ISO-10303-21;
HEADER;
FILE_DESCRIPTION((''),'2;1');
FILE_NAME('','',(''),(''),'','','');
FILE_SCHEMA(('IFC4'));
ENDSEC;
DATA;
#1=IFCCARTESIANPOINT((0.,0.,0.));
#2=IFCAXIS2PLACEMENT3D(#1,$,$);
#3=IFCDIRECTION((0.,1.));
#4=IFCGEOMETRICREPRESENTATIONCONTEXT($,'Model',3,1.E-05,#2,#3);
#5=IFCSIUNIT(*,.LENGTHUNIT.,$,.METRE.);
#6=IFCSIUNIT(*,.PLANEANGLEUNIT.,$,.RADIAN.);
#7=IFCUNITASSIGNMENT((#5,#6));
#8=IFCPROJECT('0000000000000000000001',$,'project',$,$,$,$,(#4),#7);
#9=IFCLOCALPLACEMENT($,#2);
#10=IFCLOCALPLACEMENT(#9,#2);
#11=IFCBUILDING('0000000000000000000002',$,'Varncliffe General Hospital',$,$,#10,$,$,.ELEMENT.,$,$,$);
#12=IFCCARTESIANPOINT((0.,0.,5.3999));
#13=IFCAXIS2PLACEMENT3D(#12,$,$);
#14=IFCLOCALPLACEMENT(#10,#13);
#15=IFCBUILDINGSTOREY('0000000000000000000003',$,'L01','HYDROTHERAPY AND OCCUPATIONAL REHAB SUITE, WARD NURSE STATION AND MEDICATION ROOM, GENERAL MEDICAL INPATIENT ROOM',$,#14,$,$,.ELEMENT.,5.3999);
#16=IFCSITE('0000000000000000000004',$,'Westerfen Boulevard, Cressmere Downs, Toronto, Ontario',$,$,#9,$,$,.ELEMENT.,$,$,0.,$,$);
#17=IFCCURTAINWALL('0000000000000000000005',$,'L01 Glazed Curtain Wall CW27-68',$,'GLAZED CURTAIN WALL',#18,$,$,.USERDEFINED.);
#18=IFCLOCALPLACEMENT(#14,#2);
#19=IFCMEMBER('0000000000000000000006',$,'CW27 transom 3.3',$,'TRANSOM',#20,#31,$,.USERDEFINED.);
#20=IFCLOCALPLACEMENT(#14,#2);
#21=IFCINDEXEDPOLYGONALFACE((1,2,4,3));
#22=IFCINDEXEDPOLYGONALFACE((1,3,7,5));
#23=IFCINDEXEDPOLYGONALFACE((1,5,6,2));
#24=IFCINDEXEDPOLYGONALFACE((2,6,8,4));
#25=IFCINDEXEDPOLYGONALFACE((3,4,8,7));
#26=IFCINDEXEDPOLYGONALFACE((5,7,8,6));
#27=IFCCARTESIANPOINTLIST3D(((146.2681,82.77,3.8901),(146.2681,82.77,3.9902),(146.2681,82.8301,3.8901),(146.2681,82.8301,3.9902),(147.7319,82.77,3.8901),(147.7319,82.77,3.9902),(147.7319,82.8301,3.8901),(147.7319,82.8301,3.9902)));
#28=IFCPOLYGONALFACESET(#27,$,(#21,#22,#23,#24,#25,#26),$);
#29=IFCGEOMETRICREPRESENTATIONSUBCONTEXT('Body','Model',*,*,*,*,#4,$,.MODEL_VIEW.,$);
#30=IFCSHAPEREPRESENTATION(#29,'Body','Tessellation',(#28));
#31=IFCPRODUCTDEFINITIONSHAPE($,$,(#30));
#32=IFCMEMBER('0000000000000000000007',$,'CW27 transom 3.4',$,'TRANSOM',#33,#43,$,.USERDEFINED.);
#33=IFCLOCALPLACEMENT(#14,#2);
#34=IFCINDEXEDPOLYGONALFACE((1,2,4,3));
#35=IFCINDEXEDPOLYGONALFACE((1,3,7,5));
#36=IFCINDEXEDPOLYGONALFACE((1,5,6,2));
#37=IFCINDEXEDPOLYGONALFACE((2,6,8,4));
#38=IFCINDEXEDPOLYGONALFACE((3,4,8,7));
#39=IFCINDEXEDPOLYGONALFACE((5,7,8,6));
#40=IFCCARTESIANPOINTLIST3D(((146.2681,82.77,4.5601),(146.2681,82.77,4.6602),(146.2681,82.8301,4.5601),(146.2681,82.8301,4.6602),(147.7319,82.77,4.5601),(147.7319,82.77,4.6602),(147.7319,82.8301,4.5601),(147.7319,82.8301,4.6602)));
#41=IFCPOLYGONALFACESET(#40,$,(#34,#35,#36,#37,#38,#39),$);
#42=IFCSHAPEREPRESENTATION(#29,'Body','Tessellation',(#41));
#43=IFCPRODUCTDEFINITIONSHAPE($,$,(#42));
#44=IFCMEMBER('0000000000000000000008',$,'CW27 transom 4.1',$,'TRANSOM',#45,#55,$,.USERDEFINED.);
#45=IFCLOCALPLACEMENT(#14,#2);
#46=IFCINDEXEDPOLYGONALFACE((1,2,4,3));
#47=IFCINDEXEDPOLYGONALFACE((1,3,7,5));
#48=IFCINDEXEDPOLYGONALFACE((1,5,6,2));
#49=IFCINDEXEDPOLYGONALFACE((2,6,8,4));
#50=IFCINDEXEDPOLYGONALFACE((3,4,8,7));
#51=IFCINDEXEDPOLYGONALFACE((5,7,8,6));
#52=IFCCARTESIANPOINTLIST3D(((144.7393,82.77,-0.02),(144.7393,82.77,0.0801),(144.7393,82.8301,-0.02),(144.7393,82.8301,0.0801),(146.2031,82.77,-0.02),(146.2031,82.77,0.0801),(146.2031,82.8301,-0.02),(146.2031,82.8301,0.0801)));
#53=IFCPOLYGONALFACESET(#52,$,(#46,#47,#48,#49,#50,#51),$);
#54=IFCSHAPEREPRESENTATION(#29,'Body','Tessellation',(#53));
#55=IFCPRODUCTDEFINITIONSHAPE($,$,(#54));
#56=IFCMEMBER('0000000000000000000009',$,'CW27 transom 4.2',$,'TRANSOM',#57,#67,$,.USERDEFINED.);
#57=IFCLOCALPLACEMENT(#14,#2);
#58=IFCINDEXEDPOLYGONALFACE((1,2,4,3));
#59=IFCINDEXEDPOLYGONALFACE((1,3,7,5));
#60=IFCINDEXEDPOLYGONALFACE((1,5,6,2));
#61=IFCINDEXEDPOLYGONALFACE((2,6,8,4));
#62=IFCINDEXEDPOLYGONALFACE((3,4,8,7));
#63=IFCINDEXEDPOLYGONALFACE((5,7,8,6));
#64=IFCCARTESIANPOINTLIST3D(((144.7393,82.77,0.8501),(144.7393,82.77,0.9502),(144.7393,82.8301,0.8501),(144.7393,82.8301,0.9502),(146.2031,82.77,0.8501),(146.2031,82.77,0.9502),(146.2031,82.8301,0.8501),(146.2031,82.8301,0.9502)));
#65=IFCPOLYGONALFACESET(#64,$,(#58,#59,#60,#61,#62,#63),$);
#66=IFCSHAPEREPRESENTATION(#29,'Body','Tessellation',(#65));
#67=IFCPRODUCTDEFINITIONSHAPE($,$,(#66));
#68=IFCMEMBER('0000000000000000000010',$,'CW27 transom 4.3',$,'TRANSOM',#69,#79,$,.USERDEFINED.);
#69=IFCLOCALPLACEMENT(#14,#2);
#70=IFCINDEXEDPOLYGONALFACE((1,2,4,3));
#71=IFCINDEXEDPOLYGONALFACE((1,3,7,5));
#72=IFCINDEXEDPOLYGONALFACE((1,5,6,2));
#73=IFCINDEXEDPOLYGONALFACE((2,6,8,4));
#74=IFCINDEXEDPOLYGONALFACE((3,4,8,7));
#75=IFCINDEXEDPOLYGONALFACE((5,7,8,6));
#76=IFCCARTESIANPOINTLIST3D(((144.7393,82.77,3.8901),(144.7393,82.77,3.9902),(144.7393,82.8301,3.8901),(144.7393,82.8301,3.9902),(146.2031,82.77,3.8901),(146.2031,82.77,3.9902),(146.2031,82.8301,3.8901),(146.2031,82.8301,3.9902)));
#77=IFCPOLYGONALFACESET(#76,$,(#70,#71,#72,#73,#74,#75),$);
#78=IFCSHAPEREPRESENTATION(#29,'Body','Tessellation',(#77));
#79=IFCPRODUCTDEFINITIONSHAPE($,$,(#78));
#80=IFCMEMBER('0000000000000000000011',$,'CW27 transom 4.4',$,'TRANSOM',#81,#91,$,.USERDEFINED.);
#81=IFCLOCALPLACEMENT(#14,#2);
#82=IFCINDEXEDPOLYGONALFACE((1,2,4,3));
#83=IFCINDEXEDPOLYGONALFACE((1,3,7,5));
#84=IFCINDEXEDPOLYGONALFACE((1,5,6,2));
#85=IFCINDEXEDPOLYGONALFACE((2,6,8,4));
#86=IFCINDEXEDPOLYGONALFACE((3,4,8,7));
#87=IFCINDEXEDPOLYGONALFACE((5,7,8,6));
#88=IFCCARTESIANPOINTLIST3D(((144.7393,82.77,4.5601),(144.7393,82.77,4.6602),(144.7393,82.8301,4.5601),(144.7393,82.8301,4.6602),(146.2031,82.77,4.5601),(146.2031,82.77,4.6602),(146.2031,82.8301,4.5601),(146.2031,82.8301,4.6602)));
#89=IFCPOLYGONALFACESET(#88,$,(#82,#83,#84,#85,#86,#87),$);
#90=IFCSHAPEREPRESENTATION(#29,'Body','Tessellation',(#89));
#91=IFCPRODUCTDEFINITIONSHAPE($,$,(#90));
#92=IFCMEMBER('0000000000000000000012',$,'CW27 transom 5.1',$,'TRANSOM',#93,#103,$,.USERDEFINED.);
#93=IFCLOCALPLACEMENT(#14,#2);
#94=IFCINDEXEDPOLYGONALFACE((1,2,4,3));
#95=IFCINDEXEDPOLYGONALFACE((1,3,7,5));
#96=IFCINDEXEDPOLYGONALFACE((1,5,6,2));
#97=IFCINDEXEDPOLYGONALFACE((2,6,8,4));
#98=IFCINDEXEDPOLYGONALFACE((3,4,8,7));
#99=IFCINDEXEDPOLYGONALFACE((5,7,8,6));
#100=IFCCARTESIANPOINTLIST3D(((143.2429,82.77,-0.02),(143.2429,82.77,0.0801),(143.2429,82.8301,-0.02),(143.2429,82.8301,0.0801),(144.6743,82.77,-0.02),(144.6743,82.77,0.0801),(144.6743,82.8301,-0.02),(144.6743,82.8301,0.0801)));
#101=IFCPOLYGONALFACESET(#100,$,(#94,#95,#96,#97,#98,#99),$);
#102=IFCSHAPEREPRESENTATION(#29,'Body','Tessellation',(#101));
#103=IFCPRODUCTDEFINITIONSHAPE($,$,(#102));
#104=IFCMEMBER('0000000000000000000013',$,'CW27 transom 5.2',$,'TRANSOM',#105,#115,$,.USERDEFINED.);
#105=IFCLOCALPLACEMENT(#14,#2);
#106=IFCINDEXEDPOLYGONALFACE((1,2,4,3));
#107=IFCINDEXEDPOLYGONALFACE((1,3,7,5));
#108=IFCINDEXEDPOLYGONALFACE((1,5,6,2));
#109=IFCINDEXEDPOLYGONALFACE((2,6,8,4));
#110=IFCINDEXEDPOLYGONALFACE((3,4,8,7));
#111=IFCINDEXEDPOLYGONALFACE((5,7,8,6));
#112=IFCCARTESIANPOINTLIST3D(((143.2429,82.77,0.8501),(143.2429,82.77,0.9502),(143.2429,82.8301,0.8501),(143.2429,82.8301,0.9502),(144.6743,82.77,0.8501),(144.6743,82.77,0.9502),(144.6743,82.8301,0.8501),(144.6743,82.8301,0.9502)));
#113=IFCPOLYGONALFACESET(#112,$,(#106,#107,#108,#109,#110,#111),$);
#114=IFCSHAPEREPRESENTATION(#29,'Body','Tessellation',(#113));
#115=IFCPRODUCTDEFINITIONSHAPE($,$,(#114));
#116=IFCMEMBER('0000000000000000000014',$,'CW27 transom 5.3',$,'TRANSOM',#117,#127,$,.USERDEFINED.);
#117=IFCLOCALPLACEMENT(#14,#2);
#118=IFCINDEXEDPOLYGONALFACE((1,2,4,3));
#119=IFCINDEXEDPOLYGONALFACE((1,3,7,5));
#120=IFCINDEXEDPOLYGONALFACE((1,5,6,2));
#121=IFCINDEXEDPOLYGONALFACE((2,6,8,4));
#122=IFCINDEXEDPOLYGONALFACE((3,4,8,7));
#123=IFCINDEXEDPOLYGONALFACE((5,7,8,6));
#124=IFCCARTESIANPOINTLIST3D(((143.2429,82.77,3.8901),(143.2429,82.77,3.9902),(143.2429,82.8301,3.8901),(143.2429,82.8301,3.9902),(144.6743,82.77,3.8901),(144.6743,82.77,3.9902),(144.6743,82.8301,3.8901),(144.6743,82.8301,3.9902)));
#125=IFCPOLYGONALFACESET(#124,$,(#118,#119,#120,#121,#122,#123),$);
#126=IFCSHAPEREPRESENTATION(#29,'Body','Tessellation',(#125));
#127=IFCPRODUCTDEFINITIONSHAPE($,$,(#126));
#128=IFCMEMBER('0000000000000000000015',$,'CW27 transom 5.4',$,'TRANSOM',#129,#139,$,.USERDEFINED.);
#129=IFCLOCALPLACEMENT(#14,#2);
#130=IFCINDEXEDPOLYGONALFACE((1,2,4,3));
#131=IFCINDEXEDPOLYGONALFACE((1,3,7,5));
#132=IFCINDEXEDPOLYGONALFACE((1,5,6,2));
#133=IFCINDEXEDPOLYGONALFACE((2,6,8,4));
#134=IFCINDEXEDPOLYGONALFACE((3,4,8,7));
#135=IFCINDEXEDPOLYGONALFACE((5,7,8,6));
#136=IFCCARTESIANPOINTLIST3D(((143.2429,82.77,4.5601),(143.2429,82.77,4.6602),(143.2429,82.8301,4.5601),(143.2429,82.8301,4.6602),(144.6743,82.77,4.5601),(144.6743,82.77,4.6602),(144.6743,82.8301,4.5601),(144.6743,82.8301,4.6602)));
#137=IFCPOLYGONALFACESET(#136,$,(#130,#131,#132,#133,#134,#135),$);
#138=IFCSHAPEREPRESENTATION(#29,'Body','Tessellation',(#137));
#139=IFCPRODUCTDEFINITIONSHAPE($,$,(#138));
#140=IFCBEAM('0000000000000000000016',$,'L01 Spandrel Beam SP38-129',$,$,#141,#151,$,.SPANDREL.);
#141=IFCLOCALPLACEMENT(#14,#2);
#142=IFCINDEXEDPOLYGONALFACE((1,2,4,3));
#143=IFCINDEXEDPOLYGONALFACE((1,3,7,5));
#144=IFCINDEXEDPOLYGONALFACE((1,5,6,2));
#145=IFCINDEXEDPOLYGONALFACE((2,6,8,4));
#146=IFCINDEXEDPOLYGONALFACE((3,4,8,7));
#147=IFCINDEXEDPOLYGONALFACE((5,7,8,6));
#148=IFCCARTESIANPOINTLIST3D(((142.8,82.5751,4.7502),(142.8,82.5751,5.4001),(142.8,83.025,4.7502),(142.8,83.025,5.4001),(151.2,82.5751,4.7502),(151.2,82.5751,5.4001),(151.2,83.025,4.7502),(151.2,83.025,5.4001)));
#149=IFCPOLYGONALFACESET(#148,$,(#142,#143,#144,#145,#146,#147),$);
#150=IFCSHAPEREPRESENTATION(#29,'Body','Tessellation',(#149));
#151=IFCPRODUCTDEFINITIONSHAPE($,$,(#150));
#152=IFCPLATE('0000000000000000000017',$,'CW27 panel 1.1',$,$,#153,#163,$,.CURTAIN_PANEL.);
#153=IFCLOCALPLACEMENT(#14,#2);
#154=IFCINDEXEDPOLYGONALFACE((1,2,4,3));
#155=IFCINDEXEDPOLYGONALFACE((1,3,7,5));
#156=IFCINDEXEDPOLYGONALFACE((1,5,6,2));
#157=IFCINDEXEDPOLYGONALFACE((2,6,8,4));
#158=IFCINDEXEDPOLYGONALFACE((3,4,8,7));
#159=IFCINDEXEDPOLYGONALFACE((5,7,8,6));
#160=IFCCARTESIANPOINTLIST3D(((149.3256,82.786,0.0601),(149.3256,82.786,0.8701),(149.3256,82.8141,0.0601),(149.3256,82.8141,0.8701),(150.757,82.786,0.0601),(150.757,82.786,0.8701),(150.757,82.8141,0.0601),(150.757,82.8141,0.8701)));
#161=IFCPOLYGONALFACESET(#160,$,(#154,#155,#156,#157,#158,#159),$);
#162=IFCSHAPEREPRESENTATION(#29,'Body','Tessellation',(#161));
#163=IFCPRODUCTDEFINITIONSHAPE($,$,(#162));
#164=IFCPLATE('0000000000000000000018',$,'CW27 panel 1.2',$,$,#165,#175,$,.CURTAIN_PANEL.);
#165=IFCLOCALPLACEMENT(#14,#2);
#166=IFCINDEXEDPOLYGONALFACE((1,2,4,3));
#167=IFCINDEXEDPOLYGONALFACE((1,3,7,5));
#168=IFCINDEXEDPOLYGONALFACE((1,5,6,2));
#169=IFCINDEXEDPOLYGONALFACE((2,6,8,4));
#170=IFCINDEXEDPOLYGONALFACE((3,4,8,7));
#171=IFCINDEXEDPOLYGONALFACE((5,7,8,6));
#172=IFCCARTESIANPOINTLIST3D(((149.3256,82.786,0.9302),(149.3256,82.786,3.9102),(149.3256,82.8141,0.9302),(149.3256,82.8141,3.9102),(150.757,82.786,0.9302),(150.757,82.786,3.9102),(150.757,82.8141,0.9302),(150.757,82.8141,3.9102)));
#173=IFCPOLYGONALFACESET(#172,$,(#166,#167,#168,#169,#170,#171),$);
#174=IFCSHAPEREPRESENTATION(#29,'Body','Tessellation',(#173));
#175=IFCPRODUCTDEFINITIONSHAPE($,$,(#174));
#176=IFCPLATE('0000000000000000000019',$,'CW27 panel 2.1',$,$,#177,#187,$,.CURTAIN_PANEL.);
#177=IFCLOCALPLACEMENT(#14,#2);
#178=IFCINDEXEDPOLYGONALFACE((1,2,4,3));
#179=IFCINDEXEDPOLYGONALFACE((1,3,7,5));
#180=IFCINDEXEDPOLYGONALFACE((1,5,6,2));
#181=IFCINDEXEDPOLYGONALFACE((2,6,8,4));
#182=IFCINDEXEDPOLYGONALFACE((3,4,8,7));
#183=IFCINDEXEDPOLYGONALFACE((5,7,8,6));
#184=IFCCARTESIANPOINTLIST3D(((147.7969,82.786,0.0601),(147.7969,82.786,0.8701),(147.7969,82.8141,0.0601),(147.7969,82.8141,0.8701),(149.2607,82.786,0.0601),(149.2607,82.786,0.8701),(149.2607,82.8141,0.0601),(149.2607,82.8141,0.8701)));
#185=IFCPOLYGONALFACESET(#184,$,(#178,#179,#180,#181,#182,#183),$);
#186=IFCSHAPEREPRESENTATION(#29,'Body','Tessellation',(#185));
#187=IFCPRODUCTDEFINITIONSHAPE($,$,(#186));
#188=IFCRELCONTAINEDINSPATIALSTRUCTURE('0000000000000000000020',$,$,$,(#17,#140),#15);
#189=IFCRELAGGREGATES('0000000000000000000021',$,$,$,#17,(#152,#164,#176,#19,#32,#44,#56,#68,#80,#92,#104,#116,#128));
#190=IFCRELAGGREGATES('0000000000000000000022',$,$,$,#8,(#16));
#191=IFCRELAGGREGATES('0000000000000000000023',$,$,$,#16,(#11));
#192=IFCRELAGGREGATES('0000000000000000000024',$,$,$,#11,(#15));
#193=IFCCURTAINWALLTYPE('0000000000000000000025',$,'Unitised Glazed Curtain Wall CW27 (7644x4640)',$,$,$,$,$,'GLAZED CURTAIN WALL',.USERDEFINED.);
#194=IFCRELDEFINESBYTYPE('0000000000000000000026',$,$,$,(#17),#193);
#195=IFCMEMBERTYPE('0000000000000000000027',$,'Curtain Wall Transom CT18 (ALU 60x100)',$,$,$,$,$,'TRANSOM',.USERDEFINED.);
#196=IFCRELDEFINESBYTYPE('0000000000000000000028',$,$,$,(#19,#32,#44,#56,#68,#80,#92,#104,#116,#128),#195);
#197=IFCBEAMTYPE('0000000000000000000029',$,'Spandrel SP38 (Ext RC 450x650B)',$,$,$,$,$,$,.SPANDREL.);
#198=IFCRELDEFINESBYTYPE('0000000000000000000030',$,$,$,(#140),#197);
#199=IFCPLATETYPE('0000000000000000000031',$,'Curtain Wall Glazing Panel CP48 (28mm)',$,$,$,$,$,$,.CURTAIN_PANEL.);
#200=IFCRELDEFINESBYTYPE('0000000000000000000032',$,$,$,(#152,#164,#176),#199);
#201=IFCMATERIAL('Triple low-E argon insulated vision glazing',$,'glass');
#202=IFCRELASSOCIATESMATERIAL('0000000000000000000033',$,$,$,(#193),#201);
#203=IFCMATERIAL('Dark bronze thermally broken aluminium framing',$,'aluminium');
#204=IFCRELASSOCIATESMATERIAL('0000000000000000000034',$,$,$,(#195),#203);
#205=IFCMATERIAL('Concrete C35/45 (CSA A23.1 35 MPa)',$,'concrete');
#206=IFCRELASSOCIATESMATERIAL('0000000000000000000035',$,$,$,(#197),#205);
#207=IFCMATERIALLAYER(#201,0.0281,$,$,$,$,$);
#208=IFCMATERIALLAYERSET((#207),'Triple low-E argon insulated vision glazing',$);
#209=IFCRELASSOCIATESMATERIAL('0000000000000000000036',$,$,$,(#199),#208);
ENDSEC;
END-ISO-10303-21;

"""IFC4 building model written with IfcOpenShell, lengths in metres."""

from ifc_helpers import new_model, si_unit, direction, frame, origin, origin_2d, place, context, subcontext, project, spatial, rectangle, extrude, material, layer, layer_set, material_profile, profile_set, type_object, element, aggregate, save


model = new_model("IFC4")

# Units and contexts
model_context = context("Model", 3, precision=1e-05, world=origin(), true_north=direction((0.0, 1.0)))
body_context = subcontext(model_context, "Body", "Model", "MODEL_VIEW")
ifc_project = project(units=[si_unit("LENGTHUNIT", "METRE"), si_unit("PLANEANGLEUNIT", "RADIAN")], contexts=[model_context])

# Site, building, storey
site_placement = place(None, origin())
site = spatial("IfcSite", under=ifc_project, at=site_placement, Name="Westerfen Boulevard, Cressmere Downs, Toronto, Ontario", CompositionType="ELEMENT", RefElevation=0.0)
building_placement = place(site_placement, origin())
building = spatial("IfcBuilding", under=site, at=building_placement, Name="Varncliffe General Hospital", CompositionType="ELEMENT")
storey_placement = place(building_placement, frame((0.0, 0.0, 5.3999)))
storey = spatial("IfcBuildingStorey", under=building, at=storey_placement, Name="L01", Description="HYDROTHERAPY AND OCCUPATIONAL REHAB SUITE, WARD NURSE STATION AND MEDICATION ROOM, GENERAL MEDICAL INPATIENT ROOM", CompositionType="ELEMENT", Elevation=5.3999)

# Shared definitions
ifc_material_1 = material(Name="Concrete C35/45 (CSA A23.1 35 MPa)", Category="concrete")

# Curtain wall
ifc_material_2 = material(Name="Triple low-E argon insulated vision glazing", Category="glass")
curtain_wall_type_1 = type_object("IfcCurtainWallType", Name="Unitised Glazed Curtain Wall CW27 (7644x4640)", ElementType="GLAZED CURTAIN WALL", PredefinedType="USERDEFINED", material=ifc_material_2)
curtain_wall_1_placement = place(storey_placement, origin())
curtain_wall_1 = element("IfcCurtainWall", 1, at=curtain_wall_1_placement, inside=storey, type_object=curtain_wall_type_1, Name="L01 Glazed Curtain Wall CW27-68", ObjectType="GLAZED CURTAIN WALL", PredefinedType="USERDEFINED")
ifc_material_3 = material(Name="Dark bronze thermally broken aluminium framing", Category="aluminium")

# Members
ifc_material_profile_1 = material_profile(ifc_material_3, rectangle(XDim=0.0601, YDim=0.1001, at=origin_2d()), Name="ALU 60x100")
ifc_profile_set_1 = profile_set([ifc_material_profile_1], Name="Dark bronze thermally broken aluminium framing")
member_type_1 = type_object("IfcMemberType", Name="Curtain Wall Transom CT18 (ALU 60x100)", ElementType="TRANSOM", PredefinedType="USERDEFINED", material=ifc_profile_set_1)
member_1_placement = place(storey_placement, frame((147.7319, 82.8, 3.9402), z_axis=(-1.0, 0.0, 0.0), x_axis=(0.0, -1.0, 0.0)))
member_1 = element("IfcMember", 2, at=member_1_placement, type_object=member_type_1, Name="CW27 transom 3.3", ObjectType="TRANSOM", PredefinedType="USERDEFINED", context=body_context, shape_type="SweptSolid", body=[
    extrude(rectangle(XDim=0.0601, YDim=0.1001, at=origin_2d()), origin(), (0.0, 0.0, 1.0), 1.4639),
])
member_2_placement = place(storey_placement, frame((147.7319, 82.8, 4.6101), z_axis=(-1.0, 0.0, 0.0), x_axis=(0.0, -1.0, 0.0)))
member_2 = element("IfcMember", 3, at=member_2_placement, type_object=member_type_1, Name="CW27 transom 3.4", ObjectType="TRANSOM", PredefinedType="USERDEFINED", context=body_context, shape_type="SweptSolid", body=[
    extrude(rectangle(XDim=0.0601, YDim=0.1001, at=origin_2d()), origin(), (0.0, 0.0, 1.0), 1.4639),
])
member_3_placement = place(storey_placement, frame((146.2031, 82.8, 0.03), z_axis=(-1.0, 0.0, 0.0), x_axis=(0.0, -1.0, 0.0)))
member_3 = element("IfcMember", 4, at=member_3_placement, type_object=member_type_1, Name="CW27 transom 4.1", ObjectType="TRANSOM", PredefinedType="USERDEFINED", context=body_context, shape_type="SweptSolid", body=[
    extrude(rectangle(XDim=0.0601, YDim=0.1001, at=origin_2d()), origin(), (0.0, 0.0, 1.0), 1.4639),
])
member_4_placement = place(storey_placement, frame((146.2031, 82.8, 0.9001), z_axis=(-1.0, 0.0, 0.0), x_axis=(0.0, -1.0, 0.0)))
member_4 = element("IfcMember", 5, at=member_4_placement, type_object=member_type_1, Name="CW27 transom 4.2", ObjectType="TRANSOM", PredefinedType="USERDEFINED", context=body_context, shape_type="SweptSolid", body=[
    extrude(rectangle(XDim=0.0601, YDim=0.1001, at=origin_2d()), origin(), (0.0, 0.0, 1.0), 1.4639),
])
member_5_placement = place(storey_placement, frame((146.2031, 82.8, 3.9402), z_axis=(-1.0, 0.0, 0.0), x_axis=(0.0, -1.0, 0.0)))
member_5 = element("IfcMember", 6, at=member_5_placement, type_object=member_type_1, Name="CW27 transom 4.3", ObjectType="TRANSOM", PredefinedType="USERDEFINED", context=body_context, shape_type="SweptSolid", body=[
    extrude(rectangle(XDim=0.0601, YDim=0.1001, at=origin_2d()), origin(), (0.0, 0.0, 1.0), 1.4639),
])
member_6_placement = place(storey_placement, frame((146.2031, 82.8, 4.6101), z_axis=(-1.0, 0.0, 0.0), x_axis=(0.0, -1.0, 0.0)))
member_6 = element("IfcMember", 7, at=member_6_placement, type_object=member_type_1, Name="CW27 transom 4.4", ObjectType="TRANSOM", PredefinedType="USERDEFINED", context=body_context, shape_type="SweptSolid", body=[
    extrude(rectangle(XDim=0.0601, YDim=0.1001, at=origin_2d()), origin(), (0.0, 0.0, 1.0), 1.4639),
])
member_7_placement = place(storey_placement, frame((144.6743, 82.8, 0.03), z_axis=(-1.0, 0.0, 0.0), x_axis=(0.0, -1.0, 0.0)))
member_7 = element("IfcMember", 8, at=member_7_placement, type_object=member_type_1, Name="CW27 transom 5.1", ObjectType="TRANSOM", PredefinedType="USERDEFINED", context=body_context, shape_type="SweptSolid", body=[
    extrude(rectangle(XDim=0.0601, YDim=0.1001, at=origin_2d()), origin(), (0.0, 0.0, 1.0), 1.4314),
])
member_8_placement = place(storey_placement, frame((144.6743, 82.8, 0.9001), z_axis=(-1.0, 0.0, 0.0), x_axis=(0.0, -1.0, 0.0)))
member_8 = element("IfcMember", 9, at=member_8_placement, type_object=member_type_1, Name="CW27 transom 5.2", ObjectType="TRANSOM", PredefinedType="USERDEFINED", context=body_context, shape_type="SweptSolid", body=[
    extrude(rectangle(XDim=0.0601, YDim=0.1001, at=origin_2d()), origin(), (0.0, 0.0, 1.0), 1.4314),
])
member_9_placement = place(storey_placement, frame((144.6743, 82.8, 3.9402), z_axis=(-1.0, 0.0, 0.0), x_axis=(0.0, -1.0, 0.0)))
member_9 = element("IfcMember", 10, at=member_9_placement, type_object=member_type_1, Name="CW27 transom 5.3", ObjectType="TRANSOM", PredefinedType="USERDEFINED", context=body_context, shape_type="SweptSolid", body=[
    extrude(rectangle(XDim=0.0601, YDim=0.1001, at=origin_2d()), origin(), (0.0, 0.0, 1.0), 1.4314),
])
member_10_placement = place(storey_placement, frame((144.6743, 82.8, 4.6101), z_axis=(-1.0, 0.0, 0.0), x_axis=(0.0, -1.0, 0.0)))
member_10 = element("IfcMember", 11, at=member_10_placement, type_object=member_type_1, Name="CW27 transom 5.4", ObjectType="TRANSOM", PredefinedType="USERDEFINED", context=body_context, shape_type="SweptSolid", body=[
    extrude(rectangle(XDim=0.0601, YDim=0.1001, at=origin_2d()), origin(), (0.0, 0.0, 1.0), 1.4314),
])

# Beam
ifc_material_profile_2 = material_profile(ifc_material_1, rectangle(XDim=0.45, YDim=0.6499, at=origin_2d()), Name="RC 450x650")
ifc_profile_set_2 = profile_set([ifc_material_profile_2], Name="Concrete C35/45 (CSA A23.1 35 MPa)")
beam_type_1 = type_object("IfcBeamType", Name="Spandrel SP38 (Ext RC 450x650B)", PredefinedType="SPANDREL", material=ifc_profile_set_2)
beam_1_placement = place(storey_placement, frame((142.8, 82.8, 5.0752), z_axis=(1.0, 0.0, 0.0), x_axis=(0.0, 1.0, 0.0)))
element("IfcBeam", 12, at=beam_1_placement, inside=storey, type_object=beam_type_1, Name="L01 Spandrel Beam SP38-129", PredefinedType="SPANDREL", context=body_context, shape_type="SweptSolid", body=[
    extrude(rectangle(XDim=0.45, YDim=0.6499, at=origin_2d()), origin(), (0.0, 0.0, 1.0), 8.3999),
])

# Plates
ifc_layer = layer(ifc_material_2, 0.0281)
ifc_layer_set = layer_set([ifc_layer], Name="Triple low-E argon insulated vision glazing")
plate_type = type_object("IfcPlateType", Name="Curtain Wall Glazing Panel CP48 (28mm)", PredefinedType="CURTAIN_PANEL", material=ifc_layer_set)
plate_1_placement = place(storey_placement, frame((150.0413, 82.8, 0.0601), z_axis=(0.0, 0.0, 1.0), x_axis=(-1.0, 0.0, 0.0)))
plate_1 = element("IfcPlate", 13, at=plate_1_placement, type_object=plate_type, Name="CW27 panel 1.1", PredefinedType="CURTAIN_PANEL", context=body_context, shape_type="SweptSolid", body=[
    extrude(rectangle(XDim=1.4314, YDim=0.0281, at=origin_2d()), origin(), (0.0, 0.0, 1.0), 0.8101),
])
plate_2_placement = place(storey_placement, frame((150.0413, 82.8, 0.9302), z_axis=(0.0, 0.0, 1.0), x_axis=(-1.0, 0.0, 0.0)))
plate_2 = element("IfcPlate", 14, at=plate_2_placement, type_object=plate_type, Name="CW27 panel 1.2", PredefinedType="CURTAIN_PANEL", context=body_context, shape_type="SweptSolid", body=[
    extrude(rectangle(XDim=1.4314, YDim=0.0281, at=origin_2d()), origin(), (0.0, 0.0, 1.0), 2.98),
])
plate_3_placement = place(storey_placement, frame((148.5288, 82.8, 0.0601), z_axis=(0.0, 0.0, 1.0), x_axis=(-1.0, 0.0, 0.0)))
plate_3 = element("IfcPlate", 15, at=plate_3_placement, type_object=plate_type, Name="CW27 panel 2.1", PredefinedType="CURTAIN_PANEL", context=body_context, shape_type="SweptSolid", body=[
    extrude(rectangle(XDim=1.4639, YDim=0.0281, at=origin_2d()), origin(), (0.0, 0.0, 1.0), 0.8101),
])
aggregate(curtain_wall_1, [plate_1, plate_2, plate_3, member_1, member_2, member_3, member_4, member_5, member_6, member_7, member_8, member_9, member_10])

save(model, "model.ifc")
